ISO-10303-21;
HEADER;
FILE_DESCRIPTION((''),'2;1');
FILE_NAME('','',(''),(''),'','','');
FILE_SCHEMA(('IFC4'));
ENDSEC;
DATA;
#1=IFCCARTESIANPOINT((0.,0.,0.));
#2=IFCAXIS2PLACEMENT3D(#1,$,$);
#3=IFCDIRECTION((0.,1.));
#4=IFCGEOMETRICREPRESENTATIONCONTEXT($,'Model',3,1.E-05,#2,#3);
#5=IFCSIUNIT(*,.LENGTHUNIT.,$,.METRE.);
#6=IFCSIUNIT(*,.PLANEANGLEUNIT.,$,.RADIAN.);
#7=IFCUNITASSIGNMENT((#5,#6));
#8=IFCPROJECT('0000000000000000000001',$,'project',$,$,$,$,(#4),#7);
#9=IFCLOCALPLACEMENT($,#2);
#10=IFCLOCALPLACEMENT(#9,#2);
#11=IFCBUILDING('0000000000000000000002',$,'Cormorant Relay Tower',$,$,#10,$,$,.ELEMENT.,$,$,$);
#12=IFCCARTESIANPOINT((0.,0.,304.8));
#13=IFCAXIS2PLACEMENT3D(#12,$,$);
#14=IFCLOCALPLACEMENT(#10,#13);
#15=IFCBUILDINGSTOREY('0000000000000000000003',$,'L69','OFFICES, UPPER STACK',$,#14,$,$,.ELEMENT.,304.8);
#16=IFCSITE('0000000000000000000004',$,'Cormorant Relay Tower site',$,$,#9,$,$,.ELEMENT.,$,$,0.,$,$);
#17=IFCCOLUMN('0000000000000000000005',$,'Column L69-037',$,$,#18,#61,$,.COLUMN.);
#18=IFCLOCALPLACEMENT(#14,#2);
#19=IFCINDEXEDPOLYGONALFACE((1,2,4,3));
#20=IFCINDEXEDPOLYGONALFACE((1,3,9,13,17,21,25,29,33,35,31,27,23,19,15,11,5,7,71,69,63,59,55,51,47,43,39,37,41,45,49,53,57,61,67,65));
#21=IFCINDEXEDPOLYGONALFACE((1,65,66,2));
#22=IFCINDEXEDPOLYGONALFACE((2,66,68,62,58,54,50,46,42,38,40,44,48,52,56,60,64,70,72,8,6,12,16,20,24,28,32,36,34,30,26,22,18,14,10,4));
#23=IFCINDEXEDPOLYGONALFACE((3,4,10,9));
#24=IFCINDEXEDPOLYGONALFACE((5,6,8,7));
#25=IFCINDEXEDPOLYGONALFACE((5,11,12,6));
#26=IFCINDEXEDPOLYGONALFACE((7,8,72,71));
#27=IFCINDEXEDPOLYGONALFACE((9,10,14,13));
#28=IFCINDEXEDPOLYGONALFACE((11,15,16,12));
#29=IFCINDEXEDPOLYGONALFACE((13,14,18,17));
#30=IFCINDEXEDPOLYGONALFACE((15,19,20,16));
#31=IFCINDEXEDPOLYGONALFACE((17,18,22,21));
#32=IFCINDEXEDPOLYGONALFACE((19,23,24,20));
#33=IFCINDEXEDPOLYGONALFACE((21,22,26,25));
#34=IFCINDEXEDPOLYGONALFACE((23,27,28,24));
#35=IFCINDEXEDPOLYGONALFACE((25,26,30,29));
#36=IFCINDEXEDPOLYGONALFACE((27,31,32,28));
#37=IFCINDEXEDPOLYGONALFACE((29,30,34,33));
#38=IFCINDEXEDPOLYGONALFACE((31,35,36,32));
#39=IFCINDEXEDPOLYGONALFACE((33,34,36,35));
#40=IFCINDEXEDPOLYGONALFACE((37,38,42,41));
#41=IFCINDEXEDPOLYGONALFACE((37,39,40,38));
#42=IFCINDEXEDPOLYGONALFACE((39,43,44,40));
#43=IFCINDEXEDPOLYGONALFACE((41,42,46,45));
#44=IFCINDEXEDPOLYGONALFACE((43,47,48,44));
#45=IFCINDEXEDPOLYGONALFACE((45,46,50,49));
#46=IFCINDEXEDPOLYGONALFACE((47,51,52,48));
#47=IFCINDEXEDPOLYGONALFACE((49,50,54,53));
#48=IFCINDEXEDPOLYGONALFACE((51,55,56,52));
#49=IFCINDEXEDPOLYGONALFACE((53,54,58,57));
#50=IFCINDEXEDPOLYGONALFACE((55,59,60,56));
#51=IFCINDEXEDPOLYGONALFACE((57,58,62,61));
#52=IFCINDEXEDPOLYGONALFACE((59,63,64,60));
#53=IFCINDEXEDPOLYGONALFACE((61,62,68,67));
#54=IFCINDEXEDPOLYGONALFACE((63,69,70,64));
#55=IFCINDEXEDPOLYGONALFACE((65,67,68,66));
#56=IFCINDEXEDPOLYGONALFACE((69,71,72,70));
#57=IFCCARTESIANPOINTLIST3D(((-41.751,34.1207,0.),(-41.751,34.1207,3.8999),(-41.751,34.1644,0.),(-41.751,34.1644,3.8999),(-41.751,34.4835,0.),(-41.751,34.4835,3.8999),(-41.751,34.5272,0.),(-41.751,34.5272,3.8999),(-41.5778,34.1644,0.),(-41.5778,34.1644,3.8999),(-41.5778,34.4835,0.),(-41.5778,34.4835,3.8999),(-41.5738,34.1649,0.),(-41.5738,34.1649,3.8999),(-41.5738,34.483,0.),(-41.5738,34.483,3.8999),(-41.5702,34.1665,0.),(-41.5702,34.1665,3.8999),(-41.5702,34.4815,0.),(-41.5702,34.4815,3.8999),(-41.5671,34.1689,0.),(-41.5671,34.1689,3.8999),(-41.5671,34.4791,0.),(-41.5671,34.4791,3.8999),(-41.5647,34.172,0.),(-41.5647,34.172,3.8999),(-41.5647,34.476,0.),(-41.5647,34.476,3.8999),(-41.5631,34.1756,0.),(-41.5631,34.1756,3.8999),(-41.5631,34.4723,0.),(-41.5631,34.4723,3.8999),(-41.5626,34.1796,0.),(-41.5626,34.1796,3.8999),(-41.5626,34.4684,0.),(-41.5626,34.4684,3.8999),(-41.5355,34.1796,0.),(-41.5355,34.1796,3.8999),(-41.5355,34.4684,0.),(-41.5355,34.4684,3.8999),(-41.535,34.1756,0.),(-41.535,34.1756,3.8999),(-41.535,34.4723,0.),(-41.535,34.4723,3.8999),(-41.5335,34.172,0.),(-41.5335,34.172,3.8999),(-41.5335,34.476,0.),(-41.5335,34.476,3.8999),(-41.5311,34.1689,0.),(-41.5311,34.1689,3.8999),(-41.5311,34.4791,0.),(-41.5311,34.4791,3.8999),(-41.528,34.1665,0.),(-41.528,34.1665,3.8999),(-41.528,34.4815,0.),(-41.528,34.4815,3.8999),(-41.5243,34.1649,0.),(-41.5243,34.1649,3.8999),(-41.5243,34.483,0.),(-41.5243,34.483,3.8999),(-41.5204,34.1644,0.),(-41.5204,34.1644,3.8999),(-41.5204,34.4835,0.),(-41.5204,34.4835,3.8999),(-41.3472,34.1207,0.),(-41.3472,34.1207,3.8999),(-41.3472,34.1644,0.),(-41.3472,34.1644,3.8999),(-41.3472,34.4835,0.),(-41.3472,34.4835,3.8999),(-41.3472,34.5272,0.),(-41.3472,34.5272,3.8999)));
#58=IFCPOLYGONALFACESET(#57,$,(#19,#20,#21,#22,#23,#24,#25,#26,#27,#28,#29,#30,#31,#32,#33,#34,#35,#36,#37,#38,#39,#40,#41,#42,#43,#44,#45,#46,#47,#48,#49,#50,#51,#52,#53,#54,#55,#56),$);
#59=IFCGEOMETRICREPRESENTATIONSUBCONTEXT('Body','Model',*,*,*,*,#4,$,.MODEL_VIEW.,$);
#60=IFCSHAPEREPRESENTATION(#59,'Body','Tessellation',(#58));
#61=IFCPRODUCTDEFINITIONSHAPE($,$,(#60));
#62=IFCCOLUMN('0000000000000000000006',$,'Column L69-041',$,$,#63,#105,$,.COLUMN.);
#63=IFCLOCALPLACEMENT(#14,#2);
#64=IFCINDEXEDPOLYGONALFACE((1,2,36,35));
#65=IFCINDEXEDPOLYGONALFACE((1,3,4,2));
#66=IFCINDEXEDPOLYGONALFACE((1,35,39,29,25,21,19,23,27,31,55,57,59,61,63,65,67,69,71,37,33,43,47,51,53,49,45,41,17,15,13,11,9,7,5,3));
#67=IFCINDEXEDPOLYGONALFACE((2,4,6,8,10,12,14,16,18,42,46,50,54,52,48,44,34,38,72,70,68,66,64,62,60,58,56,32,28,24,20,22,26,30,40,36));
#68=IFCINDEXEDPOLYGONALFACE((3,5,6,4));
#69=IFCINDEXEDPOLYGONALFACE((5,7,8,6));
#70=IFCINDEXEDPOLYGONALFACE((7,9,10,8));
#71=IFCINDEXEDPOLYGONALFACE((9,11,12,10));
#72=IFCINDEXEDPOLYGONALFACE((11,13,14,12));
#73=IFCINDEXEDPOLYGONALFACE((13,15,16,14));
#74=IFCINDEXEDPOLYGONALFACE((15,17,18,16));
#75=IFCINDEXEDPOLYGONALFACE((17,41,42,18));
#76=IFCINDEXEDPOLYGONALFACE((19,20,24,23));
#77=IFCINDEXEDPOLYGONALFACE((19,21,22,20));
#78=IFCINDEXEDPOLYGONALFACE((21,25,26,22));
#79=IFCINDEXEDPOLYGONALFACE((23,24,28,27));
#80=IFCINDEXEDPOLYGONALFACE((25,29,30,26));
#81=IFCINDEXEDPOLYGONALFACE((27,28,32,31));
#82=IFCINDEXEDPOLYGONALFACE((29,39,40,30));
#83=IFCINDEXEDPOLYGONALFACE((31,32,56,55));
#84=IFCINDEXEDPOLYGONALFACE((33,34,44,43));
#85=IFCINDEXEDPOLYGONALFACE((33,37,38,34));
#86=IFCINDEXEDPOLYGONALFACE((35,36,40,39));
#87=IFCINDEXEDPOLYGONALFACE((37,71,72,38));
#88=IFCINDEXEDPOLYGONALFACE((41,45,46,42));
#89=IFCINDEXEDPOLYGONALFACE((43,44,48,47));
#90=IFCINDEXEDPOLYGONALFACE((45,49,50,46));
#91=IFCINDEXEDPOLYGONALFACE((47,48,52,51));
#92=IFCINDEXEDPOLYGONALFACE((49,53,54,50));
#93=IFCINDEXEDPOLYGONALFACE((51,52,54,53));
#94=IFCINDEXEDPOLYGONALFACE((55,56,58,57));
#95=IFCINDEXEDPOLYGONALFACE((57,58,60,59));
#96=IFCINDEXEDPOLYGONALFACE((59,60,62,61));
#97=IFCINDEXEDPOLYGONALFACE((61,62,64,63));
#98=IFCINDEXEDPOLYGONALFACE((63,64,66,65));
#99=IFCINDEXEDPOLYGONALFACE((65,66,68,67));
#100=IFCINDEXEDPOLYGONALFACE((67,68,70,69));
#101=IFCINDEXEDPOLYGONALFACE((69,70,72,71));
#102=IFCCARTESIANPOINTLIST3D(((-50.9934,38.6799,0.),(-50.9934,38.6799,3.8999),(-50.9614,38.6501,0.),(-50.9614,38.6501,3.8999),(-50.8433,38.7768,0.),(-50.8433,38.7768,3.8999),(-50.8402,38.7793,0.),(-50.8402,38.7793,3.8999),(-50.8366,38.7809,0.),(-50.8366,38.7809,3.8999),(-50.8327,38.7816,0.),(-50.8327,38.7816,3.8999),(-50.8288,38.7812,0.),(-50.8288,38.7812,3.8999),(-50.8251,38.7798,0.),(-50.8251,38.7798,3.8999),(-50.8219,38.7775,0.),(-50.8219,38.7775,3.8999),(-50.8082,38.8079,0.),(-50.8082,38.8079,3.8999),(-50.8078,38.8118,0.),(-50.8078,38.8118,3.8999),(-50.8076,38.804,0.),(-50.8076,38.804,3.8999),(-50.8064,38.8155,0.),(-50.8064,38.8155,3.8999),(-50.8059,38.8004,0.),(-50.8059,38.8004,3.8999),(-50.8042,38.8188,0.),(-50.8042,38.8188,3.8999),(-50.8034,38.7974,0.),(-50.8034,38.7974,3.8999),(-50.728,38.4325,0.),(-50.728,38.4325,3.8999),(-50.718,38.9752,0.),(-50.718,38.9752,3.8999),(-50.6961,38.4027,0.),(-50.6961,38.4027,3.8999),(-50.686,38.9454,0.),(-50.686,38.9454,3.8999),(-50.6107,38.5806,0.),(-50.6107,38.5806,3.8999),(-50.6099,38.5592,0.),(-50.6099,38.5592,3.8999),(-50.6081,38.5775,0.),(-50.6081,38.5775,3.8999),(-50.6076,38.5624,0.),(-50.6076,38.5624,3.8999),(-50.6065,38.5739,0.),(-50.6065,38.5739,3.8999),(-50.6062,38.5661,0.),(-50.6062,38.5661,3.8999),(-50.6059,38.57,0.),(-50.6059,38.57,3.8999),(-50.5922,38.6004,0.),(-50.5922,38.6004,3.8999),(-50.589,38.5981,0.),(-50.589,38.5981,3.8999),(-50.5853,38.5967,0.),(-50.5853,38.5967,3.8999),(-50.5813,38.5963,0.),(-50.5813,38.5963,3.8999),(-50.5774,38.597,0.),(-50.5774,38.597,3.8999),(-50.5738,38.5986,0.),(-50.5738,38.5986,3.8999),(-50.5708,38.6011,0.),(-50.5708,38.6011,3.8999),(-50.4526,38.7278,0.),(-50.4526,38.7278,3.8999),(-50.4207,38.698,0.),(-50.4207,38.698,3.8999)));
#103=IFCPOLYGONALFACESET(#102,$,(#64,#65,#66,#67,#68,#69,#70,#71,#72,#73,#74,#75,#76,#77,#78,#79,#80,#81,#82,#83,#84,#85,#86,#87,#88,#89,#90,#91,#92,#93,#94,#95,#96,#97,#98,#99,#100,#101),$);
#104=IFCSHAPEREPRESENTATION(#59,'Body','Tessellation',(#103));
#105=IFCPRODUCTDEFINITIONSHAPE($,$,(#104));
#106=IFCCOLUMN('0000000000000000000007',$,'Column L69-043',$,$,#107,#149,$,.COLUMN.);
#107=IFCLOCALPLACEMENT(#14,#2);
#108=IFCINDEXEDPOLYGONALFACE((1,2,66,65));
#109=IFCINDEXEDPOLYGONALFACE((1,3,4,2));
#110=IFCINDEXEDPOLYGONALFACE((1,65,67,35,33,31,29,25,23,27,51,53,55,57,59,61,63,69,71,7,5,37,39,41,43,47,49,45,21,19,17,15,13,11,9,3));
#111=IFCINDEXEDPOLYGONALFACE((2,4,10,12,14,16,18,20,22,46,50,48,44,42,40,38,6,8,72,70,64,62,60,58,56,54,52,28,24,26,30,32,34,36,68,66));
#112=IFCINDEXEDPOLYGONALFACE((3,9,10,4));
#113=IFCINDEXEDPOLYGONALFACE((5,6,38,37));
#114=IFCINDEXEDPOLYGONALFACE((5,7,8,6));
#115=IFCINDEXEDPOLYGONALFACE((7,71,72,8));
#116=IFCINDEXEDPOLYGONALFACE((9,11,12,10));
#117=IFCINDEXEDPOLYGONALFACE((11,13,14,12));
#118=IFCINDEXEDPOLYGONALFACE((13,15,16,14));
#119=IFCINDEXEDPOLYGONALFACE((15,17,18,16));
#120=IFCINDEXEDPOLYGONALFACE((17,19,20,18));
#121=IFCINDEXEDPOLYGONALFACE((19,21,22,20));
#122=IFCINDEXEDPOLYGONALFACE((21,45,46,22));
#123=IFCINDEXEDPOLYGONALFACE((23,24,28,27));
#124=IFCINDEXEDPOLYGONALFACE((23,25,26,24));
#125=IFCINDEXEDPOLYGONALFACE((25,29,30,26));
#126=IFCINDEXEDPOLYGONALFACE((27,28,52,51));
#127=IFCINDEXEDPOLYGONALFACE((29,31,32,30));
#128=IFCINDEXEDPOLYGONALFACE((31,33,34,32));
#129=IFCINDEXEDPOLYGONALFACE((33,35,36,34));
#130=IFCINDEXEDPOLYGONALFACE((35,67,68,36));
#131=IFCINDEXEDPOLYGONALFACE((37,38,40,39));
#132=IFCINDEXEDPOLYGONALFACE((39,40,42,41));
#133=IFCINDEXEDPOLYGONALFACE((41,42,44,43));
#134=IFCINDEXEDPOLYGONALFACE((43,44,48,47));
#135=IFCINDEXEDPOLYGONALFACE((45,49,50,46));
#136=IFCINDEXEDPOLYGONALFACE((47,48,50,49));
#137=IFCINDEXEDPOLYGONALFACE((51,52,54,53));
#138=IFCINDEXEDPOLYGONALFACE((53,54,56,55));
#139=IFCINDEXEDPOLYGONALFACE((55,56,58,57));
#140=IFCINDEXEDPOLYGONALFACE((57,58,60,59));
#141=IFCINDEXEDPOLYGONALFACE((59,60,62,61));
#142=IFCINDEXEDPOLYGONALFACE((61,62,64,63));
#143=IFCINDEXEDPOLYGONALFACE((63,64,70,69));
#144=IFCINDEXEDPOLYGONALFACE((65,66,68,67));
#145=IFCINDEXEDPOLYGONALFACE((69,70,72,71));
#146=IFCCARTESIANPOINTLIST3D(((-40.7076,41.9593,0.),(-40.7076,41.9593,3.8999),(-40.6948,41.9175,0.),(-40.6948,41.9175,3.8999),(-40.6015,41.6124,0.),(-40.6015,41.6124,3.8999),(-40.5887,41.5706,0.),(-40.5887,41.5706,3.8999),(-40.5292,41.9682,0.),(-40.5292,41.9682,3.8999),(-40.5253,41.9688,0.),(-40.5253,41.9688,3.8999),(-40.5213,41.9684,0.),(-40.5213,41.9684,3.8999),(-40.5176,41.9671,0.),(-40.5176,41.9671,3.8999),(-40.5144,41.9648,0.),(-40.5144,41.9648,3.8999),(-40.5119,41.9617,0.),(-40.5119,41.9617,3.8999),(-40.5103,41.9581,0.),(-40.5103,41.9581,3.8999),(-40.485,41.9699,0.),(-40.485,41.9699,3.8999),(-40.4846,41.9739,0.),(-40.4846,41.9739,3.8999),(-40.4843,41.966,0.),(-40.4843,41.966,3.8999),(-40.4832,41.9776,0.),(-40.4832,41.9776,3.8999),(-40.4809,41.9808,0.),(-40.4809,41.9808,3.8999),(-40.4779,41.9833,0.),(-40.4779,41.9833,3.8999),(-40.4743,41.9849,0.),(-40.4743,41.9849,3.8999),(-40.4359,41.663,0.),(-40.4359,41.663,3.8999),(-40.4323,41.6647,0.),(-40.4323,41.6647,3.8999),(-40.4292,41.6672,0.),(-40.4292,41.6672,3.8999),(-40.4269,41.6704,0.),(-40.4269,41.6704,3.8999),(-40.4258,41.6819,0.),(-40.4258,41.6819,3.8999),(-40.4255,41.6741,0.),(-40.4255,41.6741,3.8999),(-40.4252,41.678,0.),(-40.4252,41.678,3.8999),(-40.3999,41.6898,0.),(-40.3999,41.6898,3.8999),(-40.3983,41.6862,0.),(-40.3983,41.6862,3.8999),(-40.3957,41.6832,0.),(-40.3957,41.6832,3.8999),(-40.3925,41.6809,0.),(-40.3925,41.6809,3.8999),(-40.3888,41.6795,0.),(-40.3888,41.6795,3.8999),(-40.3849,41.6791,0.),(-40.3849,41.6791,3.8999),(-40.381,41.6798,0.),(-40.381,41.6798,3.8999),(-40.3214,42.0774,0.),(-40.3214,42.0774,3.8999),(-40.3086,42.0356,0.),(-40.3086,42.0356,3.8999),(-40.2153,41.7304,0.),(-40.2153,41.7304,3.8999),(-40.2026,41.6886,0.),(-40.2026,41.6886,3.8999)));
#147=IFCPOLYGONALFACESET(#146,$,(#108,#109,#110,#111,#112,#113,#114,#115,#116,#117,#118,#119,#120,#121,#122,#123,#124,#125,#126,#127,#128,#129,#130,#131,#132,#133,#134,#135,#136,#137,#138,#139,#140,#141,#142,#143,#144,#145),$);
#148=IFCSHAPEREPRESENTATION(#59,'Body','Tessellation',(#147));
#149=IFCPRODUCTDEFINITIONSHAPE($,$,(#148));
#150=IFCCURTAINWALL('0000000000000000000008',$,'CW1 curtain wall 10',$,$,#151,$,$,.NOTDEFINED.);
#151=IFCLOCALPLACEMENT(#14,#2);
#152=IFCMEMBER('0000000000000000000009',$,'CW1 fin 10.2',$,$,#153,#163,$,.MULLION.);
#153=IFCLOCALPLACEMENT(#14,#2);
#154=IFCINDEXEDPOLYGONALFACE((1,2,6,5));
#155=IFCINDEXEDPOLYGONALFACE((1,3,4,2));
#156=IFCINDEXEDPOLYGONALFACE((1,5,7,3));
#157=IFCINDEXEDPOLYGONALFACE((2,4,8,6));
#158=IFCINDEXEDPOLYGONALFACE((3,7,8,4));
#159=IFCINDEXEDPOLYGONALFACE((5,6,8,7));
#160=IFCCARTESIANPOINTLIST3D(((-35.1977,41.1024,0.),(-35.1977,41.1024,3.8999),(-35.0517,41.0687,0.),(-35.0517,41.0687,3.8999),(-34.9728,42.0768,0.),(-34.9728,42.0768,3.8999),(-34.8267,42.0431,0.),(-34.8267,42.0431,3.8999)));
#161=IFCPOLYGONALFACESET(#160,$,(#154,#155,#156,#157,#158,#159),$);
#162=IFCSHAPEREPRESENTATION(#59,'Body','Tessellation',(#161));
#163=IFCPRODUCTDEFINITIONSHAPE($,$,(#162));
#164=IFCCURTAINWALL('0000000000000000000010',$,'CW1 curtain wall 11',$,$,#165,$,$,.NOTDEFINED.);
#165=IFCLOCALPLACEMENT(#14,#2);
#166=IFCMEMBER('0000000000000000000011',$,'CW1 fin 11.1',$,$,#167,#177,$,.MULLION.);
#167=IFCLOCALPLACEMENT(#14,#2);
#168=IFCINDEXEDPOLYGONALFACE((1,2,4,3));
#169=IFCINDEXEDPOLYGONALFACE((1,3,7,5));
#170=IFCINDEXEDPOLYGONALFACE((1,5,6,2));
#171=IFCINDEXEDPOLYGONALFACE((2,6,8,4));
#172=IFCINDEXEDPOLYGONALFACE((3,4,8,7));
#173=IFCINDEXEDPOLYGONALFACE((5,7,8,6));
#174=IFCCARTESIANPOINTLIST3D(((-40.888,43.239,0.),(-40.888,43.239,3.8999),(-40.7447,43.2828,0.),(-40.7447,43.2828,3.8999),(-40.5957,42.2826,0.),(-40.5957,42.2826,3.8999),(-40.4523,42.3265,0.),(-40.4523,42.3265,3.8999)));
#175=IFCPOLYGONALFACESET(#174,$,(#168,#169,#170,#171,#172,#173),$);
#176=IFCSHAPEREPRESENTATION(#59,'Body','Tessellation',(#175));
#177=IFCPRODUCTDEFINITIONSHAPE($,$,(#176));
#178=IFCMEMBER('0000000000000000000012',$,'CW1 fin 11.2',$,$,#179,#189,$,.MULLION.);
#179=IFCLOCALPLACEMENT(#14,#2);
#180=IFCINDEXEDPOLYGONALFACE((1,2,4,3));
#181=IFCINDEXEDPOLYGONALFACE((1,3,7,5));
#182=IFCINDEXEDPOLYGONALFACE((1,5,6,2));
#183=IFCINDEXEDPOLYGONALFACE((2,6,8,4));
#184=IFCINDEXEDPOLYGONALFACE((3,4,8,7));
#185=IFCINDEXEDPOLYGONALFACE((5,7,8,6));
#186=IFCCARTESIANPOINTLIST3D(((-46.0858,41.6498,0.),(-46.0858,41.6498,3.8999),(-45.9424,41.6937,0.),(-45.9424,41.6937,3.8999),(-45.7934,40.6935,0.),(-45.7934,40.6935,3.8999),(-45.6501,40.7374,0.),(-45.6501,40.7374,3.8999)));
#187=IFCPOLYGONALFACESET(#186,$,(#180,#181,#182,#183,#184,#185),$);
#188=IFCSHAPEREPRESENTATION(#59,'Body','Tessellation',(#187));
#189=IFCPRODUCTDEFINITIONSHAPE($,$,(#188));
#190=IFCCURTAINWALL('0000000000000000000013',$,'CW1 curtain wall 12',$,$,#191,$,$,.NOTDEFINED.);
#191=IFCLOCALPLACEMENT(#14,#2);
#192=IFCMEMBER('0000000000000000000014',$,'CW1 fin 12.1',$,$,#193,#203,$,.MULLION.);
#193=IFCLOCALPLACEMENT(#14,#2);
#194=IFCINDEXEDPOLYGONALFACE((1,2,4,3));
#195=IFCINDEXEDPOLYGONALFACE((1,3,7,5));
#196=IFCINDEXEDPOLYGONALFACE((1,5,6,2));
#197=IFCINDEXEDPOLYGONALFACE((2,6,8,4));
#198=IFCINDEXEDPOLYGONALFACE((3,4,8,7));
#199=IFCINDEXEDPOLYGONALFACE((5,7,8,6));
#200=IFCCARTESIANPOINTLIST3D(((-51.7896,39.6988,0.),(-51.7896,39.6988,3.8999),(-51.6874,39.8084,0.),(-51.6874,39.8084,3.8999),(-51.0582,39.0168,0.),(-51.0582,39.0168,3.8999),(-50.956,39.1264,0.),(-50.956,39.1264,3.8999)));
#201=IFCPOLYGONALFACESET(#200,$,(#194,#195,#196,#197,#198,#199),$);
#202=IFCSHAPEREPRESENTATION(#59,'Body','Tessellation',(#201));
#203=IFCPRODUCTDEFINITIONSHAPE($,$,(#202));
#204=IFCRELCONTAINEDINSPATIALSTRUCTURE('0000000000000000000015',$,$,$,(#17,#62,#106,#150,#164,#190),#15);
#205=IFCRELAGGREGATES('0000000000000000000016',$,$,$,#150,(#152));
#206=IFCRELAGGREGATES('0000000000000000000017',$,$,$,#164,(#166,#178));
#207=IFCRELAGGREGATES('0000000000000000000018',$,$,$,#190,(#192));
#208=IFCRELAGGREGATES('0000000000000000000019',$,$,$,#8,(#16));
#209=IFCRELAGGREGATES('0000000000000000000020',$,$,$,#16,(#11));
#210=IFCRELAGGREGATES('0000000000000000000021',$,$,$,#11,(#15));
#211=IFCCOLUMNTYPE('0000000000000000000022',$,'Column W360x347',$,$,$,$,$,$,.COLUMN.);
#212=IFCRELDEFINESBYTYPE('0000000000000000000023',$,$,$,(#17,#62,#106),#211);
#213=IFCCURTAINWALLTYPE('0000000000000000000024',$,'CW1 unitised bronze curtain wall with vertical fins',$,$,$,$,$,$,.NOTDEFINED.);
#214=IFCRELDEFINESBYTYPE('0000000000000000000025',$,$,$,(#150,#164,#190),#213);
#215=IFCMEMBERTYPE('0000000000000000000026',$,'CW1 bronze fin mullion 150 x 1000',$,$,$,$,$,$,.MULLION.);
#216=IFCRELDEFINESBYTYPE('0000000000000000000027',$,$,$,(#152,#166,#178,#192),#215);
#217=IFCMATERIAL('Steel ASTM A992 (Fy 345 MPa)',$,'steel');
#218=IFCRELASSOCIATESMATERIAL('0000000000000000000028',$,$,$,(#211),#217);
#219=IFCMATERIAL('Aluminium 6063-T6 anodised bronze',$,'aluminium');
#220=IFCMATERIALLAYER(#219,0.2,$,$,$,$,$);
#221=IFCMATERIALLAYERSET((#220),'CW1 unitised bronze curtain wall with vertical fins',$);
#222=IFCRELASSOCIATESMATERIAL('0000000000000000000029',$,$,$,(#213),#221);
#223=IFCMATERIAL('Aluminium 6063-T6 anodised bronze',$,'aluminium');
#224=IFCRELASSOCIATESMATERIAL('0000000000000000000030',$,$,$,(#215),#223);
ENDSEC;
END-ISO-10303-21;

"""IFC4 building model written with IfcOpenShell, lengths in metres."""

from ifc_helpers import new_model, si_unit, direction, frame, origin, origin_2d, place, context, subcontext, project, spatial, rectangle, i_section, extrude, material, layer, layer_set, material_profile, profile_set, type_object, element, aggregate, save


model = new_model("IFC4")

# Units and contexts
model_context = context("Model", 3, precision=1e-05, world=origin(), true_north=direction((0.0, 1.0)))
body_context = subcontext(model_context, "Body", "Model", "MODEL_VIEW")
ifc_project = project(units=[si_unit("LENGTHUNIT", "METRE"), si_unit("PLANEANGLEUNIT", "RADIAN")], contexts=[model_context])

# Site, building, storey
site_placement = place(None, origin())
site = spatial("IfcSite", under=ifc_project, at=site_placement, Name="Cormorant Relay Tower site", CompositionType="ELEMENT", RefElevation=0.0)
building_placement = place(site_placement, origin())
building = spatial("IfcBuilding", under=site, at=building_placement, Name="Cormorant Relay Tower", CompositionType="ELEMENT")
storey_placement = place(building_placement, frame((0.0, 0.0, 304.8)))
storey = spatial("IfcBuildingStorey", under=building, at=storey_placement, Name="L69", Description="OFFICES, UPPER STACK", CompositionType="ELEMENT", Elevation=304.8)

# Columns
ifc_material_1 = material(Name="Steel ASTM A992 (Fy 345 MPa)", Category="steel")
ifc_material_profile_1 = material_profile(ifc_material_1, i_section(OverallWidth=0.4038, OverallDepth=0.4065, WebThickness=0.0271, FlangeThickness=0.0437, FilletRadius=0.0151, at=origin_2d()), Name="W360x347")
ifc_profile_set_1 = profile_set([ifc_material_profile_1], Name="Steel ASTM A992 (Fy 345 MPa)")
column_type = type_object("IfcColumnType", Name="Column W360x347", PredefinedType="COLUMN", material=ifc_profile_set_1)
for number, where, z_axis, x_axis, name in (
    (1, (-41.5491, 34.324, 0.0), (0.0, 0.0, 1.0), (1.0, 0.0, 0.0), "Column L69-037"),
    (2, (-50.707, 38.689, 0.0), (0.0, 0.0, 1.0), (-0.681998, -0.731354, 0.0), "Column L69-041"),
    (3, (-40.4551, 41.824, 0.0), (0.0, 0.0, 1.0), (-0.956305, -0.292372, 0.0), "Column L69-043"),
):
    element("IfcColumn", number, at=place(storey_placement, frame(where, z_axis=z_axis, x_axis=x_axis)), inside=storey, type_object=column_type, Name=name, PredefinedType="COLUMN", context=body_context, shape_type="SweptSolid", body=[
        extrude(i_section(OverallWidth=0.4038, OverallDepth=0.4065, WebThickness=0.0271, FlangeThickness=0.0437, FilletRadius=0.0151, at=origin_2d()), origin(), (0.0, 0.0, 1.0), 3.8999),
    ])

# Curtain wall, member
ifc_material_2 = material(Name="Aluminium 6063-T6 anodised bronze", Category="aluminium")
ifc_layer_1 = layer(ifc_material_2, 0.2)
ifc_layer_set_1 = layer_set([ifc_layer_1], Name="CW1 unitised bronze curtain wall with vertical fins")
curtain_wall_type = type_object("IfcCurtainWallType", Name="CW1 unitised bronze curtain wall with vertical fins", PredefinedType="NOTDEFINED", material=ifc_layer_set_1)
curtain_wall_1_placement = place(storey_placement, origin())
curtain_wall_1 = element("IfcCurtainWall", 4, at=curtain_wall_1_placement, inside=storey, type_object=curtain_wall_type, Name="CW1 curtain wall 10", PredefinedType="NOTDEFINED")
ifc_material_3 = material(Name="Aluminium 6063-T6 anodised bronze", Category="aluminium")
ifc_material_profile_2 = material_profile(ifc_material_3, rectangle(XDim=0.1499, YDim=1.0, at=origin_2d()), Name="AL 150x1000")
ifc_profile_set_2 = profile_set([ifc_material_profile_2], Name="Aluminium 6063-T6 anodised bronze")
member_type_1 = type_object("IfcMemberType", Name="CW1 bronze fin mullion 150 x 1000", PredefinedType="MULLION", material=ifc_profile_set_2)
member_1_placement = place(storey_placement, frame((-35.0122, 41.5728, 0.0), z_axis=(0.0, 0.0, 1.0), x_axis=(-0.97437, 0.224951, 0.0)))
member_1 = element("IfcMember", 5, at=member_1_placement, type_object=member_type_1, Name="CW1 fin 10.2", PredefinedType="MULLION", context=body_context, shape_type="SweptSolid", body=[
    extrude(rectangle(XDim=0.1499, YDim=1.0, at=origin_2d()), origin(), (0.0, 0.0, 1.0), 3.8999),
])

# Curtain walls, members
curtain_wall_2_placement = place(storey_placement, origin())
curtain_wall_2 = element("IfcCurtainWall", 6, at=curtain_wall_2_placement, inside=storey, type_object=curtain_wall_type, Name="CW1 curtain wall 11", PredefinedType="NOTDEFINED")
member_2_placement = place(storey_placement, frame((-40.6702, 42.7827, 0.0), z_axis=(0.0, 0.0, 1.0), x_axis=(-0.956305, -0.292372, 0.0)))
member_2 = element("IfcMember", 7, at=member_2_placement, type_object=member_type_1, Name="CW1 fin 11.1", PredefinedType="MULLION", context=body_context, shape_type="SweptSolid", body=[
    extrude(rectangle(XDim=0.1499, YDim=1.0, at=origin_2d()), origin(), (0.0, 0.0, 1.0), 3.8999),
])
member_3_placement = place(storey_placement, frame((-45.8679, 41.1936, 0.0), z_axis=(0.0, 0.0, 1.0), x_axis=(-0.956305, -0.292372, 0.0)))
member_3 = element("IfcMember", 8, at=member_3_placement, type_object=member_type_1, Name="CW1 fin 11.2", PredefinedType="MULLION", context=body_context, shape_type="SweptSolid", body=[
    extrude(rectangle(XDim=0.1499, YDim=1.0, at=origin_2d()), origin(), (0.0, 0.0, 1.0), 3.8999),
])
curtain_wall_3_placement = place(storey_placement, origin())
curtain_wall_3 = element("IfcCurtainWall", 9, at=curtain_wall_3_placement, inside=storey, type_object=curtain_wall_type, Name="CW1 curtain wall 12", PredefinedType="NOTDEFINED")
member_4_placement = place(storey_placement, frame((-51.3728, 39.4126, 0.0), z_axis=(0.0, 0.0, 1.0), x_axis=(-0.681998, -0.731354, 0.0)))
member_4 = element("IfcMember", 10, at=member_4_placement, type_object=member_type_1, Name="CW1 fin 12.1", PredefinedType="MULLION", context=body_context, shape_type="SweptSolid", body=[
    extrude(rectangle(XDim=0.1499, YDim=1.0, at=origin_2d()), origin(), (0.0, 0.0, 1.0), 3.8999),
])

aggregate(curtain_wall_1, [member_1])
aggregate(curtain_wall_2, [member_2, member_3])
aggregate(curtain_wall_3, [member_4])

save(model, "model.ifc")
